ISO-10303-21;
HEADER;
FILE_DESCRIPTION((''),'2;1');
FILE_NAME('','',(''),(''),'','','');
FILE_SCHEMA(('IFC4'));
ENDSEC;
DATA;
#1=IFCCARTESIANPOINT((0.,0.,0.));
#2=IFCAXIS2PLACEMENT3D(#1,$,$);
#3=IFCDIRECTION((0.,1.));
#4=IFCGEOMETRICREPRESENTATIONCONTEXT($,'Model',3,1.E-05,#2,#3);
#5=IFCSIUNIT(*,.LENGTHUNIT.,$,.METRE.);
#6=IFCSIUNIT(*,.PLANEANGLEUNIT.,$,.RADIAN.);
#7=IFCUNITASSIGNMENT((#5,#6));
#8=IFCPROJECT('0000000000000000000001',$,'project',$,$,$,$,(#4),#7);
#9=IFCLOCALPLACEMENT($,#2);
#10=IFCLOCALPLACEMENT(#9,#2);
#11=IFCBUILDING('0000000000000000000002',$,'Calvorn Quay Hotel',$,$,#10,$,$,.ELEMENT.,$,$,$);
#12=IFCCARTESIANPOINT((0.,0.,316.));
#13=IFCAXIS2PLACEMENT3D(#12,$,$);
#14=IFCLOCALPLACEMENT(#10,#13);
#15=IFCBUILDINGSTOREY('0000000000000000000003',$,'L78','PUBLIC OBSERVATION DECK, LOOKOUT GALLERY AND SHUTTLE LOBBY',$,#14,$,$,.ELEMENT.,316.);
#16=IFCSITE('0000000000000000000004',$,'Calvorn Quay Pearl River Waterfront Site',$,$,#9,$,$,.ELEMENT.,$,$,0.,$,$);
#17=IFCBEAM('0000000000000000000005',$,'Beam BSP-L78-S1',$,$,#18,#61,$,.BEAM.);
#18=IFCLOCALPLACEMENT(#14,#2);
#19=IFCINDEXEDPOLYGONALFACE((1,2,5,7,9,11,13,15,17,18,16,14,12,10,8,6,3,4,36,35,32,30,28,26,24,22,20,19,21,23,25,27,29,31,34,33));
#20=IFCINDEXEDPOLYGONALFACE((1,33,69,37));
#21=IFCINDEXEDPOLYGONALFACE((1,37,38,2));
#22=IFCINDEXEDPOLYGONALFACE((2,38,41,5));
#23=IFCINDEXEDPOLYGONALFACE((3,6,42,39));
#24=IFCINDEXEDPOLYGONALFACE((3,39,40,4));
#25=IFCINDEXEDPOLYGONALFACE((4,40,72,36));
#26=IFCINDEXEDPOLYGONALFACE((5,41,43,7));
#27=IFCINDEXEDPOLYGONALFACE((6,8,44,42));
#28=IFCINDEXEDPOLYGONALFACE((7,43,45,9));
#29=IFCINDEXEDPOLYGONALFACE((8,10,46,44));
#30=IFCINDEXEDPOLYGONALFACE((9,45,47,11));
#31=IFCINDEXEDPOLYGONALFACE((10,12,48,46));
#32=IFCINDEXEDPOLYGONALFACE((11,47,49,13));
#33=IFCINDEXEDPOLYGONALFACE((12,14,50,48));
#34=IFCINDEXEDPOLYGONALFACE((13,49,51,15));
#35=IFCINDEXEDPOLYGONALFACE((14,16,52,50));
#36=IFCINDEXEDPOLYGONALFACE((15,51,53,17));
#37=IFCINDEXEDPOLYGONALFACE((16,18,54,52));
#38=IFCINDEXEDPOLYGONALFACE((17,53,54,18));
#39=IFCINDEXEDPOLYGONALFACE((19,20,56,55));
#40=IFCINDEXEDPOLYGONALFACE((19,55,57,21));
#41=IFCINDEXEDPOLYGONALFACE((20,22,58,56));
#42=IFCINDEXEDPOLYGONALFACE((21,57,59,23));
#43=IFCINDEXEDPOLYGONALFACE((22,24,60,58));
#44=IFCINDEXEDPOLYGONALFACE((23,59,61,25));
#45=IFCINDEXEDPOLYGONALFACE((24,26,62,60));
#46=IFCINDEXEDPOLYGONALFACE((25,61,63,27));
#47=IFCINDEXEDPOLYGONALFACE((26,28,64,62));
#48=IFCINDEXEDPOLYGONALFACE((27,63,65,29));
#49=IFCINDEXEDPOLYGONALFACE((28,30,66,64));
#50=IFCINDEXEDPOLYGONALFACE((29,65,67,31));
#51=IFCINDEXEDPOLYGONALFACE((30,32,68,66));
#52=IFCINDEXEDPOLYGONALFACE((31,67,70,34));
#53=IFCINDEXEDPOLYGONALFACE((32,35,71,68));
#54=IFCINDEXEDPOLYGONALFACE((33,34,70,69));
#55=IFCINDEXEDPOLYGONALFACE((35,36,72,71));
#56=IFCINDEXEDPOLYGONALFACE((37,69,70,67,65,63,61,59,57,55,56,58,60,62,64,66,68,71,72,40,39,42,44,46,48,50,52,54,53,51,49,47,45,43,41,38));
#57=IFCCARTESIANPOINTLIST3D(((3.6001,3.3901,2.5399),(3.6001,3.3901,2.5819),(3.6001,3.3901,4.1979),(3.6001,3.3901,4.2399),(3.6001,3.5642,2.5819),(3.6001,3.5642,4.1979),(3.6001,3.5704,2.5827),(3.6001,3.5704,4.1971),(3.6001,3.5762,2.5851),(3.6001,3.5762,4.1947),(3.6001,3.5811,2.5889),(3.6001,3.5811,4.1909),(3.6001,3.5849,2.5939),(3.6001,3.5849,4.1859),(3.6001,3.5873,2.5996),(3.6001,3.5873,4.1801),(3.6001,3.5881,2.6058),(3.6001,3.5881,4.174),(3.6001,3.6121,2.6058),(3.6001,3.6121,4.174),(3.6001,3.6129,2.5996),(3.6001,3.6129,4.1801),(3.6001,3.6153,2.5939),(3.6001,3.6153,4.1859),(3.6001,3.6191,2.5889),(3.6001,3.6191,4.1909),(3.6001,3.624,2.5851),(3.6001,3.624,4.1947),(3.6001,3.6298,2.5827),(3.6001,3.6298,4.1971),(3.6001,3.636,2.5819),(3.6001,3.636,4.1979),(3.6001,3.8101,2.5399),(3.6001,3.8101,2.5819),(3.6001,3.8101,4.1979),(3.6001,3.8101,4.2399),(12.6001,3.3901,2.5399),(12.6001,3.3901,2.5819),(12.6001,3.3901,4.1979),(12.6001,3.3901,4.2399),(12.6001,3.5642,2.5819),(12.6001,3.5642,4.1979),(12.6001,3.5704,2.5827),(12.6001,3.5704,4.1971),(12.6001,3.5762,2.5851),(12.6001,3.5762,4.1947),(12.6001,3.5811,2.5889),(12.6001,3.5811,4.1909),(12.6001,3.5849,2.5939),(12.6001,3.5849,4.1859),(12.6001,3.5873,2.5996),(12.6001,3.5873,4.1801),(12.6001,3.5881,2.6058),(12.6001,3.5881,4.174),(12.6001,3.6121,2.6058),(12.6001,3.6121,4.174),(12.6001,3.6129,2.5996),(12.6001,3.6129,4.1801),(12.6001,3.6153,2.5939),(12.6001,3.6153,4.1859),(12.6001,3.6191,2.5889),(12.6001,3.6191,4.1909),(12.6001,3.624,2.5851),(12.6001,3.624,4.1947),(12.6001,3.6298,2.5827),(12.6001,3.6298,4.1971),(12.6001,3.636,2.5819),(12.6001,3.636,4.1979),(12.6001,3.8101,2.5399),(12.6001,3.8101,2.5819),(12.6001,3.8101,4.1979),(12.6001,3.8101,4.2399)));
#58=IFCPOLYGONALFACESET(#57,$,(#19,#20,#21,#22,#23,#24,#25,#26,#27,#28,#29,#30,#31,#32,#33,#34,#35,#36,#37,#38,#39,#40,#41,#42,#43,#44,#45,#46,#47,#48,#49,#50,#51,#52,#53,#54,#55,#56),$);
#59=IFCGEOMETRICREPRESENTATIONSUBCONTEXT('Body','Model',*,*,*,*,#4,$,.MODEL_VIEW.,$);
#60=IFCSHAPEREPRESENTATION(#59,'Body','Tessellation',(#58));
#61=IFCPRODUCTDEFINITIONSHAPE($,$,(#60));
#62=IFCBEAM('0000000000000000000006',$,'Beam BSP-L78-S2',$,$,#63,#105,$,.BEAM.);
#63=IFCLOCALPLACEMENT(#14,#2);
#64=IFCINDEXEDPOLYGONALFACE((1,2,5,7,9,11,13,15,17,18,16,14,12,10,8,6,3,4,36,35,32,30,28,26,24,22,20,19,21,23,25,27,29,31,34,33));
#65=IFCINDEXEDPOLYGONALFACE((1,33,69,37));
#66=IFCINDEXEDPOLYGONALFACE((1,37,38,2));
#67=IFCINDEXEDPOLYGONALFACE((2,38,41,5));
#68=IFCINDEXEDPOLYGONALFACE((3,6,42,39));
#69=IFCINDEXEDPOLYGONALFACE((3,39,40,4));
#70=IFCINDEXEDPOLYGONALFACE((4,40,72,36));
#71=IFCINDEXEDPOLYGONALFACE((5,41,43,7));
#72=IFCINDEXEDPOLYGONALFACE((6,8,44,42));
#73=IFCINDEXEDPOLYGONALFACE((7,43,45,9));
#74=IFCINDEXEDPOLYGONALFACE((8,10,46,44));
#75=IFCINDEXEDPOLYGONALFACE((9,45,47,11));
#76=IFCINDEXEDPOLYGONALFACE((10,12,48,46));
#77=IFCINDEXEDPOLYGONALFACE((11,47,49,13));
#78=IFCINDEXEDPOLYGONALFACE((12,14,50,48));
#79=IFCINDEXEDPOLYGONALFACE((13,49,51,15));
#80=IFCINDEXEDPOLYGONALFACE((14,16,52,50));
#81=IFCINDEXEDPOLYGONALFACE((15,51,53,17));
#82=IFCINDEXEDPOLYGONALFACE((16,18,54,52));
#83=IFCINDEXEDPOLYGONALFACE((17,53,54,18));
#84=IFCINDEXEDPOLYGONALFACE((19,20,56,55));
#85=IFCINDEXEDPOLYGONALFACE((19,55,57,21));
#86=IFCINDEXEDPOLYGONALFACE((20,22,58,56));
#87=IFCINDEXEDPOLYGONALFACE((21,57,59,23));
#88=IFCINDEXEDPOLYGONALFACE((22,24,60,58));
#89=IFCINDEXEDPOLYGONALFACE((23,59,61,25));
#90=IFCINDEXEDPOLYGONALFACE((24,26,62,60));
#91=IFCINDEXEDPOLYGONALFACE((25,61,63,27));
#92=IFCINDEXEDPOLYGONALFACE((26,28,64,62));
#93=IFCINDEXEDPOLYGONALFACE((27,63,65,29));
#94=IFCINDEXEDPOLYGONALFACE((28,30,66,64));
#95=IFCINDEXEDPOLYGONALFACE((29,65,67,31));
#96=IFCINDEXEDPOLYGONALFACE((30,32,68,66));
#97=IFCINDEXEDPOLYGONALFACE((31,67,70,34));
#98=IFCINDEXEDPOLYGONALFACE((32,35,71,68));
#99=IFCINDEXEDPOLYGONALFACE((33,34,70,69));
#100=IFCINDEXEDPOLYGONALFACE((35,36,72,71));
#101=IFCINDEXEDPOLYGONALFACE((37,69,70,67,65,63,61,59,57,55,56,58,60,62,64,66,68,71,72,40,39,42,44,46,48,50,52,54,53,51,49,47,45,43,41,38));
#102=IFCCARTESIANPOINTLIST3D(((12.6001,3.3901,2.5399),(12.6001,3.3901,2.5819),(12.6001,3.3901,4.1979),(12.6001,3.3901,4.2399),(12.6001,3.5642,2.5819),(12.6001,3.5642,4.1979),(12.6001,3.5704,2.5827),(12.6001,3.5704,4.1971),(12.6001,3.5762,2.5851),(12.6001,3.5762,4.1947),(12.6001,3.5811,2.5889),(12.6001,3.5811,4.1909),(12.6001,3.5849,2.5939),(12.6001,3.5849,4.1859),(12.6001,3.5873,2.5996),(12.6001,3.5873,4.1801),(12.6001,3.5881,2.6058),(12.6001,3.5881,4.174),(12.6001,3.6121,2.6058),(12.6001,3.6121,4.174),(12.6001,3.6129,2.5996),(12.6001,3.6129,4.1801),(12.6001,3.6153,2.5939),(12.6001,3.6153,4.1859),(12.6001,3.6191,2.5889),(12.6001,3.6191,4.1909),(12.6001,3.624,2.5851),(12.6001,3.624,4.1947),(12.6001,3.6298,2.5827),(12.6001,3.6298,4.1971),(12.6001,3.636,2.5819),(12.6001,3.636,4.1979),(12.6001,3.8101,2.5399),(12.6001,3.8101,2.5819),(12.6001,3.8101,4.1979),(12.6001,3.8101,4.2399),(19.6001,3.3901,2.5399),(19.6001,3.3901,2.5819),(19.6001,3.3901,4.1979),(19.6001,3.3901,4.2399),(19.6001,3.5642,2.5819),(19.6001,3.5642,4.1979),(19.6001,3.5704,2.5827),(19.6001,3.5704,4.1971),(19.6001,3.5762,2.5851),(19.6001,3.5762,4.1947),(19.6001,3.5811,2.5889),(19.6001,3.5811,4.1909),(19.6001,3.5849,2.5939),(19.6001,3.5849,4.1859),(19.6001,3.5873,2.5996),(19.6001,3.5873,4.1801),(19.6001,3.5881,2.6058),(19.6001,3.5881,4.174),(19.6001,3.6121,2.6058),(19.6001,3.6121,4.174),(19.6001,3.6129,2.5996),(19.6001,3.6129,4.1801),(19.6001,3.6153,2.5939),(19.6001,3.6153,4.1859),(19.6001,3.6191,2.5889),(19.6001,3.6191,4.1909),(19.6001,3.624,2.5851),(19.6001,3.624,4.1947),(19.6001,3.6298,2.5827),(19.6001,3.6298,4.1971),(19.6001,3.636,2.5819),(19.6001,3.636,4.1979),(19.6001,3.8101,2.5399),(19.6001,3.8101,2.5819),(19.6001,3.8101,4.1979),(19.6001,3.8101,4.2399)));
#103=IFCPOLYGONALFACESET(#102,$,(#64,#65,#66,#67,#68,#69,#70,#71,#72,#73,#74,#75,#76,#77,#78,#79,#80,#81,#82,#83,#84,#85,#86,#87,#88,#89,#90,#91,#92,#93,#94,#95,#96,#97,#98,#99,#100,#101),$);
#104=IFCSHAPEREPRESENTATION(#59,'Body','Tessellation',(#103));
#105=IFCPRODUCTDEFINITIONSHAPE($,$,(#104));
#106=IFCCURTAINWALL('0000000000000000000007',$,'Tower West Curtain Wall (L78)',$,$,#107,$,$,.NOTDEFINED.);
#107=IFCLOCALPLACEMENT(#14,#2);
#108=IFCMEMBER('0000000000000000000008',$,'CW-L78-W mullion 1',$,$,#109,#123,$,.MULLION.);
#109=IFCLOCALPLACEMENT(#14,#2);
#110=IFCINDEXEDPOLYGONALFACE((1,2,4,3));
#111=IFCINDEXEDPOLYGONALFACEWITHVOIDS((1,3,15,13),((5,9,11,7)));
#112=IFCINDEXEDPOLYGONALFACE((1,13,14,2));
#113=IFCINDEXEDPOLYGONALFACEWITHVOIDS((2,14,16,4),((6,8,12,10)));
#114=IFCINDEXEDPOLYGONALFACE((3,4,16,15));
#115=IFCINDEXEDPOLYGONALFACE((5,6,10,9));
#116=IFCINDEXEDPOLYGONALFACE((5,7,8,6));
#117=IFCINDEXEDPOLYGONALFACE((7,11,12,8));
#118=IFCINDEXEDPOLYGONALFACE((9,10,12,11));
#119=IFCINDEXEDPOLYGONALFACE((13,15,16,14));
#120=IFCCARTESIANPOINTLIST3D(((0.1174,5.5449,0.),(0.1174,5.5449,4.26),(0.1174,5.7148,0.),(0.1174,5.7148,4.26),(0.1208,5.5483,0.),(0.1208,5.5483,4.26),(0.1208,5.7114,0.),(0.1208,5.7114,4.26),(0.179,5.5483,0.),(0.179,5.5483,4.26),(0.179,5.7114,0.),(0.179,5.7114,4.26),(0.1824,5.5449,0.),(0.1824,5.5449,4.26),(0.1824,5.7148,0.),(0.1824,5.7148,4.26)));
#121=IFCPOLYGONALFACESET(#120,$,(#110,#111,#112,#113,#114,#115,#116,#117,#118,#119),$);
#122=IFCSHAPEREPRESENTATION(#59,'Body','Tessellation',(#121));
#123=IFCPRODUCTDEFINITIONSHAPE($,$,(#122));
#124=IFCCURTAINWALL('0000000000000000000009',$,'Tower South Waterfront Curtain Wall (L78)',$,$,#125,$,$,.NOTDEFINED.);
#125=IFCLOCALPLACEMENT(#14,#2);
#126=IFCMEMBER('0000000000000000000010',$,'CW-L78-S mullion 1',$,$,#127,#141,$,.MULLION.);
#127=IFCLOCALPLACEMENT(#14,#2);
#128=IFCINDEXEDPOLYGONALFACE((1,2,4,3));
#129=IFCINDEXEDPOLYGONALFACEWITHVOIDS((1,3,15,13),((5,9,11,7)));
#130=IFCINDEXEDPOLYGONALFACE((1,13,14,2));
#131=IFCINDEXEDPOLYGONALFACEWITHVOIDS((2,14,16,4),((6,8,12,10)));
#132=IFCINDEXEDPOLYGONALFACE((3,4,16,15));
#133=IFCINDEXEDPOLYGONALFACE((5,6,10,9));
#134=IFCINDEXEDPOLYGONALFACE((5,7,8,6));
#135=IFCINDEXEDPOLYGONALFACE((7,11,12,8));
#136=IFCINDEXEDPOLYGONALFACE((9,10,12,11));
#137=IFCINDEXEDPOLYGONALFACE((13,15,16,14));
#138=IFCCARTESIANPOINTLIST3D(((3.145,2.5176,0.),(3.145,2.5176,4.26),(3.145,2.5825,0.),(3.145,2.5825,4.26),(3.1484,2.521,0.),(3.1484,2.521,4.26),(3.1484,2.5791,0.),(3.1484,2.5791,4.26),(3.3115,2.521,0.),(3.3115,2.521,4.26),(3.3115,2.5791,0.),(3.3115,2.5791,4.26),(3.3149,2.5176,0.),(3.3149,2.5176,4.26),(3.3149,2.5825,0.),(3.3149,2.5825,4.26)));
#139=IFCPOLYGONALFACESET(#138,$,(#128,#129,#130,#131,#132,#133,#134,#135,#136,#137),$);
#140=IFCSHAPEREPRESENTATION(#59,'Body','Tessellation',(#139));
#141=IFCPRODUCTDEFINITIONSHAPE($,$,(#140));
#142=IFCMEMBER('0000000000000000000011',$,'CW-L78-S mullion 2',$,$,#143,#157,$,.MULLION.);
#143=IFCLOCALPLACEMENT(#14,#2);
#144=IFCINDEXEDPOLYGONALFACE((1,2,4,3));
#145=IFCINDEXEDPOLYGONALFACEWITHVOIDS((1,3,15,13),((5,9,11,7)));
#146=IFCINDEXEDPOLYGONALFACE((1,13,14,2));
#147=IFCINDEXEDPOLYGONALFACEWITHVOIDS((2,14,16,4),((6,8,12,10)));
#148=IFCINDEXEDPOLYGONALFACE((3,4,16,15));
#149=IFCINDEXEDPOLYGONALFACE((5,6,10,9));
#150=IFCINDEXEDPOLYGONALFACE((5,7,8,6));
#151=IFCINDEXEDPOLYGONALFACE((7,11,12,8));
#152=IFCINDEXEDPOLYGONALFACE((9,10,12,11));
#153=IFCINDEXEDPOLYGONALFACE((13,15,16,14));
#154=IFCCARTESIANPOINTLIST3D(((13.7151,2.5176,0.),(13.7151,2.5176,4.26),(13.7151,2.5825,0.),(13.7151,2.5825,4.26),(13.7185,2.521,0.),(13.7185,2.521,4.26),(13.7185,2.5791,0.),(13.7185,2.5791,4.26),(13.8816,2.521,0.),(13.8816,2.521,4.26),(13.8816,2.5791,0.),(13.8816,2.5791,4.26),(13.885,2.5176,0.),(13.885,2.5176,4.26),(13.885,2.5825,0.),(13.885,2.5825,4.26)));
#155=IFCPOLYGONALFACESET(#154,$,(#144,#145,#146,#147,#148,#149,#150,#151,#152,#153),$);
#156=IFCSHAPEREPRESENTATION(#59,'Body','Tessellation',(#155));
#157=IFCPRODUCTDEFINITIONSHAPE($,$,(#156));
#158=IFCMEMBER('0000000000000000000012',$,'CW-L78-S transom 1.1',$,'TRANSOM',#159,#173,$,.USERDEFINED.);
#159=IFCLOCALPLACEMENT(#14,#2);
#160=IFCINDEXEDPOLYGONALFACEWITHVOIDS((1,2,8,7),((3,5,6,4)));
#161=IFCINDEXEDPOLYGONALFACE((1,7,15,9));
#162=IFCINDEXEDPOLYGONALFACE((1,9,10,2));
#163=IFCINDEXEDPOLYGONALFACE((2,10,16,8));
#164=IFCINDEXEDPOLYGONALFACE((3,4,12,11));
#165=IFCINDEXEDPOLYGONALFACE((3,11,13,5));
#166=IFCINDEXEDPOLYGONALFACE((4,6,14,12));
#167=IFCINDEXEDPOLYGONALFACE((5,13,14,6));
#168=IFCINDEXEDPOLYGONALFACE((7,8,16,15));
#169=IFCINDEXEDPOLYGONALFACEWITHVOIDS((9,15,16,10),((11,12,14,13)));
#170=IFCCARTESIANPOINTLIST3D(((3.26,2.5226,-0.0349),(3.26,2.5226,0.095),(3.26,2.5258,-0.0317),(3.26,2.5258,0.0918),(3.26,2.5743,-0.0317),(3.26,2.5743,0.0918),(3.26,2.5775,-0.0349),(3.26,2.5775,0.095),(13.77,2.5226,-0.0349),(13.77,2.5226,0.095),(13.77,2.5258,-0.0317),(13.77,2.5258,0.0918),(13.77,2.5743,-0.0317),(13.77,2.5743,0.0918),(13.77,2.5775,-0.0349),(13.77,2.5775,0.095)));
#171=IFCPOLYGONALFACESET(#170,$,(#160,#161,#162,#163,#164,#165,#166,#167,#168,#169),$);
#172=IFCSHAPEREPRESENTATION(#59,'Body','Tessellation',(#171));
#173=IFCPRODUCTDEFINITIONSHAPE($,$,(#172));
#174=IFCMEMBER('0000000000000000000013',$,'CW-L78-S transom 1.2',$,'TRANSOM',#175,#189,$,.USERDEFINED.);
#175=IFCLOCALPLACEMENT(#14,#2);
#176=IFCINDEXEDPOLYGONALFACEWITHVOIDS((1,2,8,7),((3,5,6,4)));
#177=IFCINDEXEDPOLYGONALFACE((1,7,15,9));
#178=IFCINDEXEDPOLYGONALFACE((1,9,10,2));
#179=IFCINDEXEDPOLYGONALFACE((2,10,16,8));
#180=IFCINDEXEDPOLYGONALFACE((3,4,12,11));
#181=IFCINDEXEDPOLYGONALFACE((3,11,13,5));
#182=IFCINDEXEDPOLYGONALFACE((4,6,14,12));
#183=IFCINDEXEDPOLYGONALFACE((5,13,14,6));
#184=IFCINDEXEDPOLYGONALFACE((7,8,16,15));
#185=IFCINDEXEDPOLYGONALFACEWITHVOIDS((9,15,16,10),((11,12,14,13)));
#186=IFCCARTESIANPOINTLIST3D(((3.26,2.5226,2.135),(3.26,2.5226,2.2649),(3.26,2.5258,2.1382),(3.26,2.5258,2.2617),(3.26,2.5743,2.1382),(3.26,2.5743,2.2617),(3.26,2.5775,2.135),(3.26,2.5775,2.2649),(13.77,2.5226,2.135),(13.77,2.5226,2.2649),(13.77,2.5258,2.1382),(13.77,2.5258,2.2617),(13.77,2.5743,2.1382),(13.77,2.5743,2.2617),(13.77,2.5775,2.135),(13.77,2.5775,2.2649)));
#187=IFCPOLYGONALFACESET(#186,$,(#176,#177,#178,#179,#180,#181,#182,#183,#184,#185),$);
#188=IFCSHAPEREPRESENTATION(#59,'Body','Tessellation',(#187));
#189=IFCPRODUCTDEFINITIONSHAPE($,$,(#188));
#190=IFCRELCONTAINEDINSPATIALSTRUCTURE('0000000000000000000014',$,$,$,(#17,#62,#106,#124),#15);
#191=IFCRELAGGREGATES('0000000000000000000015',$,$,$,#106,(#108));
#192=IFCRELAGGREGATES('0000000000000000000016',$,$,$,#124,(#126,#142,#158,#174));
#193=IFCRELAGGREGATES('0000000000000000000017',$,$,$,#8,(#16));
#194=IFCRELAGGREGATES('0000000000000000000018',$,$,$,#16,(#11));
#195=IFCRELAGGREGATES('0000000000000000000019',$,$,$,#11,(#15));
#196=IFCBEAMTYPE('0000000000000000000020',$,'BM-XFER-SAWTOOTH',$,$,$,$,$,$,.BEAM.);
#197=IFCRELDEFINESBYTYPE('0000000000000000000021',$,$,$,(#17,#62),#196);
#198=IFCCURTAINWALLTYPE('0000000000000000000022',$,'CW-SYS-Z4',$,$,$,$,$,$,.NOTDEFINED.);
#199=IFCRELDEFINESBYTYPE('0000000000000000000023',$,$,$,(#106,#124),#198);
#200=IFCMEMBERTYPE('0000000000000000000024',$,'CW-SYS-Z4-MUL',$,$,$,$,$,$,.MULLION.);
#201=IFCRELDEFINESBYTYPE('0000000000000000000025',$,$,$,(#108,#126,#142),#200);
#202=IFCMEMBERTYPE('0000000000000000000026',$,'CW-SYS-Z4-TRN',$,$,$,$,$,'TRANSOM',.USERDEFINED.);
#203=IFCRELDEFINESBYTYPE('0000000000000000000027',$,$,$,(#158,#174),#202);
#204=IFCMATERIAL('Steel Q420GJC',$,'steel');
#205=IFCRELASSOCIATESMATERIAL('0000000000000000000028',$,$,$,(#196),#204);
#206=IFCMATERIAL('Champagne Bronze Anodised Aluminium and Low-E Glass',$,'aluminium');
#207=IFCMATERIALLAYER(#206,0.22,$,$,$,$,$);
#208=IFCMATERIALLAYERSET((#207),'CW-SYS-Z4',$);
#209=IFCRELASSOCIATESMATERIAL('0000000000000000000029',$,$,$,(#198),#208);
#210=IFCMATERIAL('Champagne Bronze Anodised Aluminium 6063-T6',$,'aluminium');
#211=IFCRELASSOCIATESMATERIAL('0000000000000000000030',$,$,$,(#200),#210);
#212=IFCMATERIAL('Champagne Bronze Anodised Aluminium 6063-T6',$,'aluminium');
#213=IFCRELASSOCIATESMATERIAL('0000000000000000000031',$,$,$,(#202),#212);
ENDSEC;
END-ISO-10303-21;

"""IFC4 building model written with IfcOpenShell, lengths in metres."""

from ifc_helpers import new_model, si_unit, direction, frame, origin, origin_2d, place, context, subcontext, project, spatial, hollow_rectangle, i_section, extrude, material, layer, layer_set, material_profile, profile_set, type_object, element, aggregate, save


model = new_model("IFC4")

# Units and contexts
model_context = context("Model", 3, precision=1e-05, world=origin(), true_north=direction((0.0, 1.0)))
body_context = subcontext(model_context, "Body", "Model", "MODEL_VIEW")
ifc_project = project(units=[si_unit("LENGTHUNIT", "METRE"), si_unit("PLANEANGLEUNIT", "RADIAN")], contexts=[model_context])

# Site, building, storey
site_placement = place(None, origin())
site = spatial("IfcSite", under=ifc_project, at=site_placement, Name="Calvorn Quay Pearl River Waterfront Site", CompositionType="ELEMENT", RefElevation=0.0)
building_placement = place(site_placement, origin())
building = spatial("IfcBuilding", under=site, at=building_placement, Name="Calvorn Quay Hotel", CompositionType="ELEMENT")
storey_placement = place(building_placement, frame((0.0, 0.0, 316.0)))
storey = spatial("IfcBuildingStorey", under=building, at=storey_placement, Name="L78", Description="PUBLIC OBSERVATION DECK, LOOKOUT GALLERY AND SHUTTLE LOBBY", CompositionType="ELEMENT", Elevation=316.0)

# Beams
ifc_material_1 = material(Name="Steel Q420GJC", Category="steel")
ifc_material_profile_1 = material_profile(ifc_material_1, i_section(OverallWidth=0.4199, OverallDepth=1.7, WebThickness=0.0239, FlangeThickness=0.042, FilletRadius=0.0239, at=origin_2d()), Name="HN1700x420x24x42")
ifc_profile_set_1 = profile_set([ifc_material_profile_1], Name="Steel Q420GJC")
beam_type_1 = type_object("IfcBeamType", Name="BM-XFER-SAWTOOTH", PredefinedType="BEAM", material=ifc_profile_set_1)
beam_1_placement = place(storey_placement, frame((3.6001, 3.6001, 3.3899), z_axis=(1.0, 0.0, 0.0), x_axis=(0.0, 1.0, 0.0)))
element("IfcBeam", 1, at=beam_1_placement, inside=storey, type_object=beam_type_1, Name="Beam BSP-L78-S1", PredefinedType="BEAM", context=body_context, shape_type="SweptSolid", body=[
    extrude(i_section(OverallWidth=0.4199, OverallDepth=1.7, WebThickness=0.0239, FlangeThickness=0.042, FilletRadius=0.0239, at=origin_2d()), origin(), (0.0, 0.0, 1.0), 9.0),
])
beam_2_placement = place(storey_placement, frame((12.6001, 3.6001, 3.3899), z_axis=(1.0, 0.0, 0.0), x_axis=(0.0, 1.0, 0.0)))
element("IfcBeam", 2, at=beam_2_placement, inside=storey, type_object=beam_type_1, Name="Beam BSP-L78-S2", PredefinedType="BEAM", context=body_context, shape_type="SweptSolid", body=[
    extrude(i_section(OverallWidth=0.4199, OverallDepth=1.7, WebThickness=0.0239, FlangeThickness=0.042, FilletRadius=0.0239, at=origin_2d()), origin(), (0.0, 0.0, 1.0), 7.0),
])

# Curtain wall, member
ifc_material_2 = material(Name="Champagne Bronze Anodised Aluminium and Low-E Glass", Category="aluminium")
ifc_layer_1 = layer(ifc_material_2, 0.22)
ifc_layer_set_1 = layer_set([ifc_layer_1], Name="CW-SYS-Z4")
curtain_wall_type = type_object("IfcCurtainWallType", Name="CW-SYS-Z4", PredefinedType="NOTDEFINED", material=ifc_layer_set_1)
curtain_wall_1_placement = place(storey_placement, origin())
curtain_wall_1 = element("IfcCurtainWall", 3, at=curtain_wall_1_placement, inside=storey, type_object=curtain_wall_type, Name="Tower West Curtain Wall (L78)", PredefinedType="NOTDEFINED")
ifc_material_3 = material(Name="Champagne Bronze Anodised Aluminium 6063-T6", Category="aluminium")
ifc_material_profile_2 = material_profile(ifc_material_3, hollow_rectangle(XDim=0.0649, YDim=0.1699, WallThickness=0.0034, at=origin_2d()), Name="ALU-M170x65x3.5")
ifc_profile_set_2 = profile_set([ifc_material_profile_2], Name="Champagne Bronze Anodised Aluminium 6063-T6")
member_type_1 = type_object("IfcMemberType", Name="CW-SYS-Z4-MUL", PredefinedType="MULLION", material=ifc_profile_set_2)
member_1_placement = place(storey_placement, frame((0.1499, 5.6299, 0.0), z_axis=(0.0, 0.0, 1.0), x_axis=(-1.0, 0.0, 0.0)))
member_1 = element("IfcMember", 4, at=member_1_placement, type_object=member_type_1, Name="CW-L78-W mullion 1", PredefinedType="MULLION", context=body_context, shape_type="SweptSolid", body=[
    extrude(hollow_rectangle(XDim=0.0649, YDim=0.1699, WallThickness=0.0034, at=origin_2d()), origin(), (0.0, 0.0, 1.0), 4.26),
])
aggregate(curtain_wall_1, [member_1])

# Curtain wall, members
curtain_wall_2_placement = place(storey_placement, origin())
curtain_wall_2 = element("IfcCurtainWall", 5, at=curtain_wall_2_placement, inside=storey, type_object=curtain_wall_type, Name="Tower South Waterfront Curtain Wall (L78)", PredefinedType="NOTDEFINED")
member_2_placement = place(storey_placement, frame((3.23, 2.55, 0.0), z_axis=(0.0, 0.0, 1.0), x_axis=(0.0, 1.0, 0.0)))
member_2 = element("IfcMember", 6, at=member_2_placement, type_object=member_type_1, Name="CW-L78-S mullion 1", PredefinedType="MULLION", context=body_context, shape_type="SweptSolid", body=[
    extrude(hollow_rectangle(XDim=0.0649, YDim=0.1699, WallThickness=0.0034, at=origin_2d()), origin(), (0.0, 0.0, 1.0), 4.26),
])
member_3_placement = place(storey_placement, frame((13.8, 2.55, 0.0), z_axis=(0.0, 0.0, 1.0), x_axis=(0.0, 1.0, 0.0)))
member_3 = element("IfcMember", 7, at=member_3_placement, type_object=member_type_1, Name="CW-L78-S mullion 2", PredefinedType="MULLION", context=body_context, shape_type="SweptSolid", body=[
    extrude(hollow_rectangle(XDim=0.0649, YDim=0.1699, WallThickness=0.0034, at=origin_2d()), origin(), (0.0, 0.0, 1.0), 4.26),
])
ifc_material_4 = material(Name="Champagne Bronze Anodised Aluminium 6063-T6", Category="aluminium")
ifc_material_profile_3 = material_profile(ifc_material_4, hollow_rectangle(XDim=0.0549, YDim=0.1299, WallThickness=0.0032, at=origin_2d()), Name="ALU-T130x55x3.2")
ifc_profile_set_3 = profile_set([ifc_material_profile_3], Name="Champagne Bronze Anodised Aluminium 6063-T6")
member_type_2 = type_object("IfcMemberType", Name="CW-SYS-Z4-TRN", ElementType="TRANSOM", PredefinedType="USERDEFINED", material=ifc_profile_set_3)
member_4_placement = place(storey_placement, frame((3.26, 2.55, 0.03), z_axis=(1.0, 0.0, 0.0), x_axis=(0.0, 1.0, 0.0)))
member_4 = element("IfcMember", 8, at=member_4_placement, type_object=member_type_2, Name="CW-L78-S transom 1.1", ObjectType="TRANSOM", PredefinedType="USERDEFINED", context=body_context, shape_type="SweptSolid", body=[
    extrude(hollow_rectangle(XDim=0.0549, YDim=0.1299, WallThickness=0.0032, at=origin_2d()), origin(), (0.0, 0.0, 1.0), 10.51),
])
member_5_placement = place(storey_placement, frame((3.26, 2.55, 2.2), z_axis=(1.0, 0.0, 0.0), x_axis=(0.0, 1.0, 0.0)))
member_5 = element("IfcMember", 9, at=member_5_placement, type_object=member_type_2, Name="CW-L78-S transom 1.2", ObjectType="TRANSOM", PredefinedType="USERDEFINED", context=body_context, shape_type="SweptSolid", body=[
    extrude(hollow_rectangle(XDim=0.0549, YDim=0.1299, WallThickness=0.0032, at=origin_2d()), origin(), (0.0, 0.0, 1.0), 10.51),
])
aggregate(curtain_wall_2, [member_2, member_3, member_4, member_5])

save(model, "model.ifc")
